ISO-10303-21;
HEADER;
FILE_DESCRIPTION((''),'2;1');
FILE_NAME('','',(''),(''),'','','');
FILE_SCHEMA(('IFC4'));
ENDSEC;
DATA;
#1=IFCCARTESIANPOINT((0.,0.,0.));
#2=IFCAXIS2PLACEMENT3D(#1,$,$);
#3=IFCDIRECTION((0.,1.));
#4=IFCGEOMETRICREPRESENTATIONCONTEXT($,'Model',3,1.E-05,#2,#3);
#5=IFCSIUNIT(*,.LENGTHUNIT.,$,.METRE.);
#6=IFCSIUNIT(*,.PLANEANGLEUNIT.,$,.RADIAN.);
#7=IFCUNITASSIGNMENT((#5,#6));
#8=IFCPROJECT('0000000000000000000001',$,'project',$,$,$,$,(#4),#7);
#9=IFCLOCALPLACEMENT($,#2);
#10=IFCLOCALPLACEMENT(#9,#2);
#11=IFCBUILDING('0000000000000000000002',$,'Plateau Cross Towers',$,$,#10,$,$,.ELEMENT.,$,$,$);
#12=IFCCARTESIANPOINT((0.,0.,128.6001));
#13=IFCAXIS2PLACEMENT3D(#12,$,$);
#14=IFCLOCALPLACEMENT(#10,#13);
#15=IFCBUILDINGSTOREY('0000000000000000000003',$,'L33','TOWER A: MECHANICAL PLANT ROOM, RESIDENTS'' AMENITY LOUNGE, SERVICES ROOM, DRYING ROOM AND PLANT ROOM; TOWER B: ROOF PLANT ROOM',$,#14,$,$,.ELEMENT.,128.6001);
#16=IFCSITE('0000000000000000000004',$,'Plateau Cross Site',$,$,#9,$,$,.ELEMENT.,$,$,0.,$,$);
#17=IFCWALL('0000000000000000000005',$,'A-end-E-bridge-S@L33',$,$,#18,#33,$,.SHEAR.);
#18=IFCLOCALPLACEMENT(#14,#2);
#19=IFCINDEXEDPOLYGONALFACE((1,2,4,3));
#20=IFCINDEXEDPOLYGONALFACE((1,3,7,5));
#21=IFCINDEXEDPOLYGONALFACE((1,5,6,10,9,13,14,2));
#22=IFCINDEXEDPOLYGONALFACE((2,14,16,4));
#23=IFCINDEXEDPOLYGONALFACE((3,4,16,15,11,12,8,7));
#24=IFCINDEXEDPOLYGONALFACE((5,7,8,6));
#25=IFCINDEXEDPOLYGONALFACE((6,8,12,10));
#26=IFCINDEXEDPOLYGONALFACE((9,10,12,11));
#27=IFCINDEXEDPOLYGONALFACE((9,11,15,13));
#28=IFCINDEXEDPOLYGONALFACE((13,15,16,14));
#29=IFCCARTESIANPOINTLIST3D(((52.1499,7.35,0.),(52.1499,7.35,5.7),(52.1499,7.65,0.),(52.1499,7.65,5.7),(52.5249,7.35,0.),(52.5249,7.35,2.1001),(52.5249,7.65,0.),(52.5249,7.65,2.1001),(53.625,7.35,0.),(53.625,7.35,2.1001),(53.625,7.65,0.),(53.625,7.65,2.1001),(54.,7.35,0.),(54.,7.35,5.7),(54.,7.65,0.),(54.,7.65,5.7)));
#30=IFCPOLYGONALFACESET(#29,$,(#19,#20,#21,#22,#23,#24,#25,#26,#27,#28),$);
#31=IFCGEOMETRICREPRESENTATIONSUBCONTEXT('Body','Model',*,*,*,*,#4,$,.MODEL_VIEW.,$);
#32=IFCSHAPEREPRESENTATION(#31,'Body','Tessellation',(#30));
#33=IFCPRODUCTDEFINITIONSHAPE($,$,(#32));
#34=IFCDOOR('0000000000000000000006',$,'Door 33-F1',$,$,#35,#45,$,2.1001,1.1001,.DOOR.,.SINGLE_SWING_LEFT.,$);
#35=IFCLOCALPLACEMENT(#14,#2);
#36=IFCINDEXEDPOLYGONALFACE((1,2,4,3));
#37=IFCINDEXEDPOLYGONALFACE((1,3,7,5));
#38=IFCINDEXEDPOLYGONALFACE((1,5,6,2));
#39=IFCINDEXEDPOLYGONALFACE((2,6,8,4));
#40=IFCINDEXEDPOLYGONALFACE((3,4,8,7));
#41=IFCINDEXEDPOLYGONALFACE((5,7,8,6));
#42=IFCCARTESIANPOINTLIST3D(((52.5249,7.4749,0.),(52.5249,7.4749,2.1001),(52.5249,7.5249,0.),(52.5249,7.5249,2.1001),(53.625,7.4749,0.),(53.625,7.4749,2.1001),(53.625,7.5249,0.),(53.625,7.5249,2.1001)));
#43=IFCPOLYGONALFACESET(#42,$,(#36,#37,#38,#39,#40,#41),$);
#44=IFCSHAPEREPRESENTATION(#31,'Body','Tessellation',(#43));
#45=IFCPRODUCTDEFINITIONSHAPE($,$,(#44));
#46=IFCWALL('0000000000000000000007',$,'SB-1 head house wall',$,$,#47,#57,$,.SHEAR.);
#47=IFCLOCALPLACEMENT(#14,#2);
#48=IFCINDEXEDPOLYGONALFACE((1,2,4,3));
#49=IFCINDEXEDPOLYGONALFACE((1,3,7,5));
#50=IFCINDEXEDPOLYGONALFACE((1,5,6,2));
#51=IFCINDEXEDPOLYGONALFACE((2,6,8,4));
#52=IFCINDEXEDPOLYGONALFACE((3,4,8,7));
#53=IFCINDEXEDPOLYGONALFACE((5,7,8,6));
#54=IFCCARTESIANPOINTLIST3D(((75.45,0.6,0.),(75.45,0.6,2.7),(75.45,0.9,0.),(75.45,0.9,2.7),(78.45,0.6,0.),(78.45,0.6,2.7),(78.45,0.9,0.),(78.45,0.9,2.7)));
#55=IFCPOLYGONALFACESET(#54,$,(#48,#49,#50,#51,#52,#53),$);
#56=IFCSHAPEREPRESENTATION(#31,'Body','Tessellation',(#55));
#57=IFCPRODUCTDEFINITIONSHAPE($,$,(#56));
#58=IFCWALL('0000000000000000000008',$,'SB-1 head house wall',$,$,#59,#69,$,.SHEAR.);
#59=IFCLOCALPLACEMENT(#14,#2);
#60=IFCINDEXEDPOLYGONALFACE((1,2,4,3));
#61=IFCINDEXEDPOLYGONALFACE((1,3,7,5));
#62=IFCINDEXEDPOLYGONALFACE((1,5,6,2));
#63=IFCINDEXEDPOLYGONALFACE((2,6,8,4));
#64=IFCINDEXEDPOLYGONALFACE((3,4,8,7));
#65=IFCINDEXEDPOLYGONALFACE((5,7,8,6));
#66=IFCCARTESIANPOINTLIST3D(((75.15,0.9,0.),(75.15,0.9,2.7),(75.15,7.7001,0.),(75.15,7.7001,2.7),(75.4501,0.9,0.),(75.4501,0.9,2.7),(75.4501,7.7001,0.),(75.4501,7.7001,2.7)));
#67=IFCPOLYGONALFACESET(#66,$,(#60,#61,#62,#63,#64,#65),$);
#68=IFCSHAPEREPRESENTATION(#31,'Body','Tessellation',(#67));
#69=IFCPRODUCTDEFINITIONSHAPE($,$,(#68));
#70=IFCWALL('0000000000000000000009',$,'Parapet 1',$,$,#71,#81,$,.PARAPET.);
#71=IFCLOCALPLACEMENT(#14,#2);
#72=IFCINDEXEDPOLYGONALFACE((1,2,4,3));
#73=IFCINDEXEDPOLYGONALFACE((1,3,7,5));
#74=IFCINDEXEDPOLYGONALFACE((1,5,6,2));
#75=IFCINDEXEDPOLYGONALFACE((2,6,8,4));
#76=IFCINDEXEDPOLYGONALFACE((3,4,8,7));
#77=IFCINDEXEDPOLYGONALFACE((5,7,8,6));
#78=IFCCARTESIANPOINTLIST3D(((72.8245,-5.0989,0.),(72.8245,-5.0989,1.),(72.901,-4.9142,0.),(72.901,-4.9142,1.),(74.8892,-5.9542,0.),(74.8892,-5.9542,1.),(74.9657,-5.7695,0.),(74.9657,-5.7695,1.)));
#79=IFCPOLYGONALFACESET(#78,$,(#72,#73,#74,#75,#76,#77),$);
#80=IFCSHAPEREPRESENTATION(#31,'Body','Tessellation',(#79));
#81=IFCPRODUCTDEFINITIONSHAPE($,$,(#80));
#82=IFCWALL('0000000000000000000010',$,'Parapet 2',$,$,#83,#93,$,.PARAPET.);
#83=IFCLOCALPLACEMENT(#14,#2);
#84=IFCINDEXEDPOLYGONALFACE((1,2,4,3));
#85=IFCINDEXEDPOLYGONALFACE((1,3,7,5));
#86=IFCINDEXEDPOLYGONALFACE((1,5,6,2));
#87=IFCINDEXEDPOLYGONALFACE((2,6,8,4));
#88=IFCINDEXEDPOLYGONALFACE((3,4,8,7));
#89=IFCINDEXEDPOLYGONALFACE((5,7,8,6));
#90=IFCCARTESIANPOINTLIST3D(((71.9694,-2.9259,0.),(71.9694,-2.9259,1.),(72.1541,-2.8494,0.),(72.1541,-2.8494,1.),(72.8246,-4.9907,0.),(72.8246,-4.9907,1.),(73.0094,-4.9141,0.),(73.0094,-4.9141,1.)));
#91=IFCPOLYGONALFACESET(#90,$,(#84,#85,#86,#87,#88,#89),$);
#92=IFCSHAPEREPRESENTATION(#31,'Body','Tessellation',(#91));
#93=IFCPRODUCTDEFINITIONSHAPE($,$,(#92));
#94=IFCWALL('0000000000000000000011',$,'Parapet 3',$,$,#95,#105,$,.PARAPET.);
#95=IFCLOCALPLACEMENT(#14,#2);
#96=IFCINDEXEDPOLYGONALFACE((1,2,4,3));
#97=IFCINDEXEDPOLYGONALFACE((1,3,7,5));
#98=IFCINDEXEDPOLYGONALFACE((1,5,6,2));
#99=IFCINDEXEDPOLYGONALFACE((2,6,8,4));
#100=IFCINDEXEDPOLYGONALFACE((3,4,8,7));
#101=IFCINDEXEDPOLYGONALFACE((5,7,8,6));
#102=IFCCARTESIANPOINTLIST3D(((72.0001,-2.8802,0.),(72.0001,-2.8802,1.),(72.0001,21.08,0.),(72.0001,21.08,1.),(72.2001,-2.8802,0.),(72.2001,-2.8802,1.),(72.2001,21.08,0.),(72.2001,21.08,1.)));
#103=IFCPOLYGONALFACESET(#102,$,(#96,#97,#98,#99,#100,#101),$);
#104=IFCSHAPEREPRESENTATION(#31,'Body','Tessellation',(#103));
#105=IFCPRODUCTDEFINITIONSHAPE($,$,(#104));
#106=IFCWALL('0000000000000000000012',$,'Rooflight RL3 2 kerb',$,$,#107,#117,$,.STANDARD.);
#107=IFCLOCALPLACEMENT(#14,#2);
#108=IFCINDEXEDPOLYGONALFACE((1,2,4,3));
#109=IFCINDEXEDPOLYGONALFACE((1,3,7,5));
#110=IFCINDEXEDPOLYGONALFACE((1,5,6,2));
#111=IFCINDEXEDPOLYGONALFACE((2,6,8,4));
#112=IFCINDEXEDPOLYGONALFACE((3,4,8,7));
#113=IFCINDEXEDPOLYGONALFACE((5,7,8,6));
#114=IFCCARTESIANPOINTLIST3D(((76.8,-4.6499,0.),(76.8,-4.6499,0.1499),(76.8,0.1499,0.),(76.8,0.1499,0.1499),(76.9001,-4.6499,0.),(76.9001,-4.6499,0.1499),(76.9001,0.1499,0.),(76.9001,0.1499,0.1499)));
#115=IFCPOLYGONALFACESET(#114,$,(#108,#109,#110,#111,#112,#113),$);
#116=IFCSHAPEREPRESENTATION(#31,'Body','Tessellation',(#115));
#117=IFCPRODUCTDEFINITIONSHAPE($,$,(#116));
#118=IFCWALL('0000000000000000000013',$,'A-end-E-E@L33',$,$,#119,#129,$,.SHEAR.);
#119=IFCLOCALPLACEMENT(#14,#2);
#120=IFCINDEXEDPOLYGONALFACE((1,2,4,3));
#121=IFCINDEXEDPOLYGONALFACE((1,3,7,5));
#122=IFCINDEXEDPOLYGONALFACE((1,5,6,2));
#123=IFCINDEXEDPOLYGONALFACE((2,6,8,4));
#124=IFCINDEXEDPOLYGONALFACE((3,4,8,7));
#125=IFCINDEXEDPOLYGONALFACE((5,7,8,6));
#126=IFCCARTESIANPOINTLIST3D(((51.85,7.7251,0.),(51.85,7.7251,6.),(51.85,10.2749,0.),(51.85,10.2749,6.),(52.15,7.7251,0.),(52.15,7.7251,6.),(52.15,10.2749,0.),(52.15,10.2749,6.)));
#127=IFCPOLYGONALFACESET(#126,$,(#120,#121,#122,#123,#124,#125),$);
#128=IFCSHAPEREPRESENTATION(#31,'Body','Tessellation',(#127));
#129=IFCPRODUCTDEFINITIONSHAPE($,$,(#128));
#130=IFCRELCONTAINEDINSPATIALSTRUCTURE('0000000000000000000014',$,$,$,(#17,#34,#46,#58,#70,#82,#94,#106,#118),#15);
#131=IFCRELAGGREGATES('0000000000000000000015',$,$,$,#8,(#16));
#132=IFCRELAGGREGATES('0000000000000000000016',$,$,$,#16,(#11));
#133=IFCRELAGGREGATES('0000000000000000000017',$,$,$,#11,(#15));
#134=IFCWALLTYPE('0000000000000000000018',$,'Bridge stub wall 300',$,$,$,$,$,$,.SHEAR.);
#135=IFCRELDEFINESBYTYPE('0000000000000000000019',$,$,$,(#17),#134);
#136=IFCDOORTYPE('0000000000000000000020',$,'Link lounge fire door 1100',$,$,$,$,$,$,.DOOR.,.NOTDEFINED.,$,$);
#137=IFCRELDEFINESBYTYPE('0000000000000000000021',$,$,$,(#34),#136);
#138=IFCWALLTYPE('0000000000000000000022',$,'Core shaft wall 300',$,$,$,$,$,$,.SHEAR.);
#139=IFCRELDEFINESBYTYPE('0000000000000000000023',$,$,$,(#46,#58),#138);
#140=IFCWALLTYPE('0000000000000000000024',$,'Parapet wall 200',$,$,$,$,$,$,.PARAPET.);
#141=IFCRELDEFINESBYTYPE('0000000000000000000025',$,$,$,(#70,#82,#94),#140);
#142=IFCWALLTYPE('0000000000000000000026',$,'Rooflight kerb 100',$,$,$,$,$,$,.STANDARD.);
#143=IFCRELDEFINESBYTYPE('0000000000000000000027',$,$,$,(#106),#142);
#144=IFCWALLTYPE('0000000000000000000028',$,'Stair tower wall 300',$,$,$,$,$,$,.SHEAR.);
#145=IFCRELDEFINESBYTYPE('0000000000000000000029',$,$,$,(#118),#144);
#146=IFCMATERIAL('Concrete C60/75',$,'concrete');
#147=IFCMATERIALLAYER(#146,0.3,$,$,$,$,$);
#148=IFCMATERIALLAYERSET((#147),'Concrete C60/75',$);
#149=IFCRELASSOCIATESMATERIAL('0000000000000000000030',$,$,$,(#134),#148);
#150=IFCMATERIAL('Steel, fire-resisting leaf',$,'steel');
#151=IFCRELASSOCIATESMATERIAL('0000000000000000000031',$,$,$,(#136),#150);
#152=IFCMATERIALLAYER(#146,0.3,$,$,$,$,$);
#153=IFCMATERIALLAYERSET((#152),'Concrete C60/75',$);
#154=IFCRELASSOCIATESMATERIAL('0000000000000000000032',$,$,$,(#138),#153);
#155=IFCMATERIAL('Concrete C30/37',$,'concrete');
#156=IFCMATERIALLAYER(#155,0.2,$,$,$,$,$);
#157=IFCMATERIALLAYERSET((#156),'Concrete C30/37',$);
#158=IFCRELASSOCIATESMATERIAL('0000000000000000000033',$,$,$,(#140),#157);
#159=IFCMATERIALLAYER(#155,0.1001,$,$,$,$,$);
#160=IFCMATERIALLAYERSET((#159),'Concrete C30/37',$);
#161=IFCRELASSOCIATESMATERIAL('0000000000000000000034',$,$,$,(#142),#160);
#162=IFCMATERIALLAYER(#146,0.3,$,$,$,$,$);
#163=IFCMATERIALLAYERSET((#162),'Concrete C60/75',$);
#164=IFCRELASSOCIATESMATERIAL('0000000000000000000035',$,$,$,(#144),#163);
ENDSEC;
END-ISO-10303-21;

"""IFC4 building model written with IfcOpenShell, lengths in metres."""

from ifc_helpers import new_model, si_unit, direction, frame, frame_2d, origin, place, context, subcontext, project, spatial, rectangle, extrude, material, layer, layer_set, type_object, element, fill, save


model = new_model("IFC4")

# Units and contexts
model_context = context("Model", 3, precision=1e-05, world=origin(), true_north=direction((0.0, 1.0)))
body_context = subcontext(model_context, "Body", "Model", "MODEL_VIEW")
ifc_project = project(units=[si_unit("LENGTHUNIT", "METRE"), si_unit("PLANEANGLEUNIT", "RADIAN")], contexts=[model_context])

# Site, building, storey
site_placement = place(None, origin())
site = spatial("IfcSite", under=ifc_project, at=site_placement, Name="Plateau Cross Site", CompositionType="ELEMENT", RefElevation=0.0)
building_placement = place(site_placement, origin())
building = spatial("IfcBuilding", under=site, at=building_placement, Name="Plateau Cross Towers", CompositionType="ELEMENT")
storey_placement = place(building_placement, frame((0.0, 0.0, 128.6001)))
storey = spatial("IfcBuildingStorey", under=building, at=storey_placement, Name="L33", Description="TOWER A: MECHANICAL PLANT ROOM, RESIDENTS' AMENITY LOUNGE, SERVICES ROOM, DRYING ROOM AND PLANT ROOM; TOWER B: ROOF PLANT ROOM", CompositionType="ELEMENT", Elevation=128.6001)

# Shared definitions
ifc_material_1 = material(Name="Concrete C60/75", Category="concrete")

# Wall, opening, door
ifc_layer_1 = layer(ifc_material_1, 0.3)
ifc_layer_set_1 = layer_set([ifc_layer_1], Name="Concrete C60/75")
wall_type_1 = type_object("IfcWallType", Name="Bridge stub wall 300", PredefinedType="SHEAR", material=ifc_layer_set_1)
wall_1_placement = place(storey_placement, frame((52.1499, 7.5, 0.0), z_axis=(0.0, 0.0, 1.0), x_axis=(1.0, 0.0, 0.0)))
wall_1 = element("IfcWall", 1, at=wall_1_placement, inside=storey, type_object=wall_type_1, Name="A-end-E-bridge-S@L33", PredefinedType="SHEAR", context=body_context, shape_type="SweptSolid", body=[
    extrude(rectangle(XDim=1.8501, YDim=0.3, at=frame_2d((0.925, 0.0))), origin(), (0.0, 0.0, 1.0), 5.7),
])
opening_placement = place(wall_1_placement, frame((0.375, 0.0, 0.0)))
opening = element("IfcOpeningElement", 2, at=opening_placement, cuts=wall_1, PredefinedType="OPENING", context=body_context, shape_type="SweptSolid", body=[
    extrude(rectangle(XDim=1.1001, YDim=2.1001, at=frame_2d((0.55, 1.05))), frame((0.0, 0.1599, 0.0), z_axis=(0.0, -1.0, 0.0), x_axis=(1.0, 0.0, 0.0)), (0.0, 0.0, 1.0), 0.3201),
])
ifc_material_2 = material(Name="Steel, fire-resisting leaf", Category="steel")
door_type = type_object("IfcDoorType", Name="Link lounge fire door 1100", OperationType="NOTDEFINED", PredefinedType="DOOR", material=ifc_material_2)
door_placement = place(opening_placement, origin())
door = element("IfcDoor", 3, at=door_placement, inside=storey, type_object=door_type, Name="Door 33-F1", OperationType="SINGLE_SWING_LEFT", OverallHeight=2.1001, OverallWidth=1.1001, PredefinedType="DOOR", context=body_context, shape_type="SweptSolid", body=[
    extrude(rectangle(XDim=1.1001, YDim=2.1001, at=frame_2d((0.55, 1.05))), frame((0.0, 0.0249, 0.0), z_axis=(0.0, -1.0, 0.0), x_axis=(1.0, 0.0, 0.0)), (0.0, 0.0, 1.0), 0.05),
])
fill(opening, door)

# Walls
ifc_layer_2 = layer(ifc_material_1, 0.3)
ifc_layer_set_2 = layer_set([ifc_layer_2], Name="Concrete C60/75")
wall_type_2 = type_object("IfcWallType", Name="Core shaft wall 300", PredefinedType="SHEAR", material=ifc_layer_set_2)
wall_2_placement = place(storey_placement, frame((75.45, 0.75, 0.0), z_axis=(0.0, 0.0, 1.0), x_axis=(1.0, 0.0, 0.0)))
element("IfcWall", 4, at=wall_2_placement, inside=storey, type_object=wall_type_2, Name="SB-1 head house wall", PredefinedType="SHEAR", context=body_context, shape_type="SweptSolid", body=[
    extrude(rectangle(XDim=3.0, YDim=0.3, at=frame_2d((1.5, 0.0))), origin(), (0.0, 0.0, 1.0), 2.7),
])
wall_3_placement = place(storey_placement, frame((75.3, 7.7, 0.0), z_axis=(0.0, 0.0, 1.0), x_axis=(0.0, -1.0, 0.0)))
element("IfcWall", 5, at=wall_3_placement, inside=storey, type_object=wall_type_2, Name="SB-1 head house wall", PredefinedType="SHEAR", context=body_context, shape_type="SweptSolid", body=[
    extrude(rectangle(XDim=6.8, YDim=0.3, at=frame_2d((3.3999, 0.0))), origin(), (0.0, 0.0, 1.0), 2.7),
])
ifc_material_3 = material(Name="Concrete C30/37", Category="concrete")
ifc_layer_3 = layer(ifc_material_3, 0.2)
ifc_layer_set_3 = layer_set([ifc_layer_3], Name="Concrete C30/37")
wall_type_3 = type_object("IfcWallType", Name="Parapet wall 200", PredefinedType="PARAPET", material=ifc_layer_set_3)
for number, where, z_axis, x_axis, name in (
    (6, (74.9275, -5.8618, 0.0), (0.0, 0.0, 1.0), (-0.92388, 0.382683, 0.0), "Parapet 1"),
    (7, (72.917, -4.9524, 0.0), (0.0, 0.0, 1.0), (-0.382683, 0.92388, 0.0), "Parapet 2"),
):
    element("IfcWall", number, at=place(storey_placement, frame(where, z_axis=z_axis, x_axis=x_axis)), inside=storey, type_object=wall_type_3, Name=name, PredefinedType="PARAPET", context=body_context, shape_type="SweptSolid", body=[
        extrude(rectangle(XDim=2.2349, YDim=0.2, at=frame_2d((1.1174, 0.0))), origin(), (0.0, 0.0, 1.0), 1.0),
    ])
wall_4_placement = place(storey_placement, frame((72.1001, -2.8801, 0.0), z_axis=(0.0, 0.0, 1.0), x_axis=(0.0, 1.0, 0.0)))
element("IfcWall", 8, at=wall_4_placement, inside=storey, type_object=wall_type_3, Name="Parapet 3", PredefinedType="PARAPET", context=body_context, shape_type="SweptSolid", body=[
    extrude(rectangle(XDim=23.9602, YDim=0.2, at=frame_2d((11.98, 0.0))), origin(), (0.0, 0.0, 1.0), 1.0),
])
ifc_layer_4 = layer(ifc_material_3, 0.1001)
ifc_layer_set_4 = layer_set([ifc_layer_4], Name="Concrete C30/37")
wall_type_4 = type_object("IfcWallType", Name="Rooflight kerb 100", PredefinedType="STANDARD", material=ifc_layer_set_4)
wall_5_placement = place(storey_placement, frame((76.8501, -4.6499, 0.0), z_axis=(0.0, 0.0, 1.0), x_axis=(0.0, 1.0, 0.0)))
element("IfcWall", 9, at=wall_5_placement, inside=storey, type_object=wall_type_4, Name="Rooflight RL3 2 kerb", PredefinedType="STANDARD", context=body_context, shape_type="SweptSolid", body=[
    extrude(rectangle(XDim=4.7998, YDim=0.1001, at=frame_2d((2.3999, 0.0))), origin(), (0.0, 0.0, 1.0), 0.1499),
])
ifc_layer_5 = layer(ifc_material_1, 0.3)
ifc_layer_set_5 = layer_set([ifc_layer_5], Name="Concrete C60/75")
wall_type_5 = type_object("IfcWallType", Name="Stair tower wall 300", PredefinedType="SHEAR", material=ifc_layer_set_5)
wall_6_placement = place(storey_placement, frame((52.0, 7.7251, 0.0), z_axis=(0.0, 0.0, 1.0), x_axis=(0.0, 1.0, 0.0)))
element("IfcWall", 10, at=wall_6_placement, inside=storey, type_object=wall_type_5, Name="A-end-E-E@L33", PredefinedType="SHEAR", context=body_context, shape_type="SweptSolid", body=[
    extrude(rectangle(XDim=2.5498, YDim=0.3, at=frame_2d((1.2749, 0.0))), origin(), (0.0, 0.0, 1.0), 6.0),
])

save(model, "model.ifc")
